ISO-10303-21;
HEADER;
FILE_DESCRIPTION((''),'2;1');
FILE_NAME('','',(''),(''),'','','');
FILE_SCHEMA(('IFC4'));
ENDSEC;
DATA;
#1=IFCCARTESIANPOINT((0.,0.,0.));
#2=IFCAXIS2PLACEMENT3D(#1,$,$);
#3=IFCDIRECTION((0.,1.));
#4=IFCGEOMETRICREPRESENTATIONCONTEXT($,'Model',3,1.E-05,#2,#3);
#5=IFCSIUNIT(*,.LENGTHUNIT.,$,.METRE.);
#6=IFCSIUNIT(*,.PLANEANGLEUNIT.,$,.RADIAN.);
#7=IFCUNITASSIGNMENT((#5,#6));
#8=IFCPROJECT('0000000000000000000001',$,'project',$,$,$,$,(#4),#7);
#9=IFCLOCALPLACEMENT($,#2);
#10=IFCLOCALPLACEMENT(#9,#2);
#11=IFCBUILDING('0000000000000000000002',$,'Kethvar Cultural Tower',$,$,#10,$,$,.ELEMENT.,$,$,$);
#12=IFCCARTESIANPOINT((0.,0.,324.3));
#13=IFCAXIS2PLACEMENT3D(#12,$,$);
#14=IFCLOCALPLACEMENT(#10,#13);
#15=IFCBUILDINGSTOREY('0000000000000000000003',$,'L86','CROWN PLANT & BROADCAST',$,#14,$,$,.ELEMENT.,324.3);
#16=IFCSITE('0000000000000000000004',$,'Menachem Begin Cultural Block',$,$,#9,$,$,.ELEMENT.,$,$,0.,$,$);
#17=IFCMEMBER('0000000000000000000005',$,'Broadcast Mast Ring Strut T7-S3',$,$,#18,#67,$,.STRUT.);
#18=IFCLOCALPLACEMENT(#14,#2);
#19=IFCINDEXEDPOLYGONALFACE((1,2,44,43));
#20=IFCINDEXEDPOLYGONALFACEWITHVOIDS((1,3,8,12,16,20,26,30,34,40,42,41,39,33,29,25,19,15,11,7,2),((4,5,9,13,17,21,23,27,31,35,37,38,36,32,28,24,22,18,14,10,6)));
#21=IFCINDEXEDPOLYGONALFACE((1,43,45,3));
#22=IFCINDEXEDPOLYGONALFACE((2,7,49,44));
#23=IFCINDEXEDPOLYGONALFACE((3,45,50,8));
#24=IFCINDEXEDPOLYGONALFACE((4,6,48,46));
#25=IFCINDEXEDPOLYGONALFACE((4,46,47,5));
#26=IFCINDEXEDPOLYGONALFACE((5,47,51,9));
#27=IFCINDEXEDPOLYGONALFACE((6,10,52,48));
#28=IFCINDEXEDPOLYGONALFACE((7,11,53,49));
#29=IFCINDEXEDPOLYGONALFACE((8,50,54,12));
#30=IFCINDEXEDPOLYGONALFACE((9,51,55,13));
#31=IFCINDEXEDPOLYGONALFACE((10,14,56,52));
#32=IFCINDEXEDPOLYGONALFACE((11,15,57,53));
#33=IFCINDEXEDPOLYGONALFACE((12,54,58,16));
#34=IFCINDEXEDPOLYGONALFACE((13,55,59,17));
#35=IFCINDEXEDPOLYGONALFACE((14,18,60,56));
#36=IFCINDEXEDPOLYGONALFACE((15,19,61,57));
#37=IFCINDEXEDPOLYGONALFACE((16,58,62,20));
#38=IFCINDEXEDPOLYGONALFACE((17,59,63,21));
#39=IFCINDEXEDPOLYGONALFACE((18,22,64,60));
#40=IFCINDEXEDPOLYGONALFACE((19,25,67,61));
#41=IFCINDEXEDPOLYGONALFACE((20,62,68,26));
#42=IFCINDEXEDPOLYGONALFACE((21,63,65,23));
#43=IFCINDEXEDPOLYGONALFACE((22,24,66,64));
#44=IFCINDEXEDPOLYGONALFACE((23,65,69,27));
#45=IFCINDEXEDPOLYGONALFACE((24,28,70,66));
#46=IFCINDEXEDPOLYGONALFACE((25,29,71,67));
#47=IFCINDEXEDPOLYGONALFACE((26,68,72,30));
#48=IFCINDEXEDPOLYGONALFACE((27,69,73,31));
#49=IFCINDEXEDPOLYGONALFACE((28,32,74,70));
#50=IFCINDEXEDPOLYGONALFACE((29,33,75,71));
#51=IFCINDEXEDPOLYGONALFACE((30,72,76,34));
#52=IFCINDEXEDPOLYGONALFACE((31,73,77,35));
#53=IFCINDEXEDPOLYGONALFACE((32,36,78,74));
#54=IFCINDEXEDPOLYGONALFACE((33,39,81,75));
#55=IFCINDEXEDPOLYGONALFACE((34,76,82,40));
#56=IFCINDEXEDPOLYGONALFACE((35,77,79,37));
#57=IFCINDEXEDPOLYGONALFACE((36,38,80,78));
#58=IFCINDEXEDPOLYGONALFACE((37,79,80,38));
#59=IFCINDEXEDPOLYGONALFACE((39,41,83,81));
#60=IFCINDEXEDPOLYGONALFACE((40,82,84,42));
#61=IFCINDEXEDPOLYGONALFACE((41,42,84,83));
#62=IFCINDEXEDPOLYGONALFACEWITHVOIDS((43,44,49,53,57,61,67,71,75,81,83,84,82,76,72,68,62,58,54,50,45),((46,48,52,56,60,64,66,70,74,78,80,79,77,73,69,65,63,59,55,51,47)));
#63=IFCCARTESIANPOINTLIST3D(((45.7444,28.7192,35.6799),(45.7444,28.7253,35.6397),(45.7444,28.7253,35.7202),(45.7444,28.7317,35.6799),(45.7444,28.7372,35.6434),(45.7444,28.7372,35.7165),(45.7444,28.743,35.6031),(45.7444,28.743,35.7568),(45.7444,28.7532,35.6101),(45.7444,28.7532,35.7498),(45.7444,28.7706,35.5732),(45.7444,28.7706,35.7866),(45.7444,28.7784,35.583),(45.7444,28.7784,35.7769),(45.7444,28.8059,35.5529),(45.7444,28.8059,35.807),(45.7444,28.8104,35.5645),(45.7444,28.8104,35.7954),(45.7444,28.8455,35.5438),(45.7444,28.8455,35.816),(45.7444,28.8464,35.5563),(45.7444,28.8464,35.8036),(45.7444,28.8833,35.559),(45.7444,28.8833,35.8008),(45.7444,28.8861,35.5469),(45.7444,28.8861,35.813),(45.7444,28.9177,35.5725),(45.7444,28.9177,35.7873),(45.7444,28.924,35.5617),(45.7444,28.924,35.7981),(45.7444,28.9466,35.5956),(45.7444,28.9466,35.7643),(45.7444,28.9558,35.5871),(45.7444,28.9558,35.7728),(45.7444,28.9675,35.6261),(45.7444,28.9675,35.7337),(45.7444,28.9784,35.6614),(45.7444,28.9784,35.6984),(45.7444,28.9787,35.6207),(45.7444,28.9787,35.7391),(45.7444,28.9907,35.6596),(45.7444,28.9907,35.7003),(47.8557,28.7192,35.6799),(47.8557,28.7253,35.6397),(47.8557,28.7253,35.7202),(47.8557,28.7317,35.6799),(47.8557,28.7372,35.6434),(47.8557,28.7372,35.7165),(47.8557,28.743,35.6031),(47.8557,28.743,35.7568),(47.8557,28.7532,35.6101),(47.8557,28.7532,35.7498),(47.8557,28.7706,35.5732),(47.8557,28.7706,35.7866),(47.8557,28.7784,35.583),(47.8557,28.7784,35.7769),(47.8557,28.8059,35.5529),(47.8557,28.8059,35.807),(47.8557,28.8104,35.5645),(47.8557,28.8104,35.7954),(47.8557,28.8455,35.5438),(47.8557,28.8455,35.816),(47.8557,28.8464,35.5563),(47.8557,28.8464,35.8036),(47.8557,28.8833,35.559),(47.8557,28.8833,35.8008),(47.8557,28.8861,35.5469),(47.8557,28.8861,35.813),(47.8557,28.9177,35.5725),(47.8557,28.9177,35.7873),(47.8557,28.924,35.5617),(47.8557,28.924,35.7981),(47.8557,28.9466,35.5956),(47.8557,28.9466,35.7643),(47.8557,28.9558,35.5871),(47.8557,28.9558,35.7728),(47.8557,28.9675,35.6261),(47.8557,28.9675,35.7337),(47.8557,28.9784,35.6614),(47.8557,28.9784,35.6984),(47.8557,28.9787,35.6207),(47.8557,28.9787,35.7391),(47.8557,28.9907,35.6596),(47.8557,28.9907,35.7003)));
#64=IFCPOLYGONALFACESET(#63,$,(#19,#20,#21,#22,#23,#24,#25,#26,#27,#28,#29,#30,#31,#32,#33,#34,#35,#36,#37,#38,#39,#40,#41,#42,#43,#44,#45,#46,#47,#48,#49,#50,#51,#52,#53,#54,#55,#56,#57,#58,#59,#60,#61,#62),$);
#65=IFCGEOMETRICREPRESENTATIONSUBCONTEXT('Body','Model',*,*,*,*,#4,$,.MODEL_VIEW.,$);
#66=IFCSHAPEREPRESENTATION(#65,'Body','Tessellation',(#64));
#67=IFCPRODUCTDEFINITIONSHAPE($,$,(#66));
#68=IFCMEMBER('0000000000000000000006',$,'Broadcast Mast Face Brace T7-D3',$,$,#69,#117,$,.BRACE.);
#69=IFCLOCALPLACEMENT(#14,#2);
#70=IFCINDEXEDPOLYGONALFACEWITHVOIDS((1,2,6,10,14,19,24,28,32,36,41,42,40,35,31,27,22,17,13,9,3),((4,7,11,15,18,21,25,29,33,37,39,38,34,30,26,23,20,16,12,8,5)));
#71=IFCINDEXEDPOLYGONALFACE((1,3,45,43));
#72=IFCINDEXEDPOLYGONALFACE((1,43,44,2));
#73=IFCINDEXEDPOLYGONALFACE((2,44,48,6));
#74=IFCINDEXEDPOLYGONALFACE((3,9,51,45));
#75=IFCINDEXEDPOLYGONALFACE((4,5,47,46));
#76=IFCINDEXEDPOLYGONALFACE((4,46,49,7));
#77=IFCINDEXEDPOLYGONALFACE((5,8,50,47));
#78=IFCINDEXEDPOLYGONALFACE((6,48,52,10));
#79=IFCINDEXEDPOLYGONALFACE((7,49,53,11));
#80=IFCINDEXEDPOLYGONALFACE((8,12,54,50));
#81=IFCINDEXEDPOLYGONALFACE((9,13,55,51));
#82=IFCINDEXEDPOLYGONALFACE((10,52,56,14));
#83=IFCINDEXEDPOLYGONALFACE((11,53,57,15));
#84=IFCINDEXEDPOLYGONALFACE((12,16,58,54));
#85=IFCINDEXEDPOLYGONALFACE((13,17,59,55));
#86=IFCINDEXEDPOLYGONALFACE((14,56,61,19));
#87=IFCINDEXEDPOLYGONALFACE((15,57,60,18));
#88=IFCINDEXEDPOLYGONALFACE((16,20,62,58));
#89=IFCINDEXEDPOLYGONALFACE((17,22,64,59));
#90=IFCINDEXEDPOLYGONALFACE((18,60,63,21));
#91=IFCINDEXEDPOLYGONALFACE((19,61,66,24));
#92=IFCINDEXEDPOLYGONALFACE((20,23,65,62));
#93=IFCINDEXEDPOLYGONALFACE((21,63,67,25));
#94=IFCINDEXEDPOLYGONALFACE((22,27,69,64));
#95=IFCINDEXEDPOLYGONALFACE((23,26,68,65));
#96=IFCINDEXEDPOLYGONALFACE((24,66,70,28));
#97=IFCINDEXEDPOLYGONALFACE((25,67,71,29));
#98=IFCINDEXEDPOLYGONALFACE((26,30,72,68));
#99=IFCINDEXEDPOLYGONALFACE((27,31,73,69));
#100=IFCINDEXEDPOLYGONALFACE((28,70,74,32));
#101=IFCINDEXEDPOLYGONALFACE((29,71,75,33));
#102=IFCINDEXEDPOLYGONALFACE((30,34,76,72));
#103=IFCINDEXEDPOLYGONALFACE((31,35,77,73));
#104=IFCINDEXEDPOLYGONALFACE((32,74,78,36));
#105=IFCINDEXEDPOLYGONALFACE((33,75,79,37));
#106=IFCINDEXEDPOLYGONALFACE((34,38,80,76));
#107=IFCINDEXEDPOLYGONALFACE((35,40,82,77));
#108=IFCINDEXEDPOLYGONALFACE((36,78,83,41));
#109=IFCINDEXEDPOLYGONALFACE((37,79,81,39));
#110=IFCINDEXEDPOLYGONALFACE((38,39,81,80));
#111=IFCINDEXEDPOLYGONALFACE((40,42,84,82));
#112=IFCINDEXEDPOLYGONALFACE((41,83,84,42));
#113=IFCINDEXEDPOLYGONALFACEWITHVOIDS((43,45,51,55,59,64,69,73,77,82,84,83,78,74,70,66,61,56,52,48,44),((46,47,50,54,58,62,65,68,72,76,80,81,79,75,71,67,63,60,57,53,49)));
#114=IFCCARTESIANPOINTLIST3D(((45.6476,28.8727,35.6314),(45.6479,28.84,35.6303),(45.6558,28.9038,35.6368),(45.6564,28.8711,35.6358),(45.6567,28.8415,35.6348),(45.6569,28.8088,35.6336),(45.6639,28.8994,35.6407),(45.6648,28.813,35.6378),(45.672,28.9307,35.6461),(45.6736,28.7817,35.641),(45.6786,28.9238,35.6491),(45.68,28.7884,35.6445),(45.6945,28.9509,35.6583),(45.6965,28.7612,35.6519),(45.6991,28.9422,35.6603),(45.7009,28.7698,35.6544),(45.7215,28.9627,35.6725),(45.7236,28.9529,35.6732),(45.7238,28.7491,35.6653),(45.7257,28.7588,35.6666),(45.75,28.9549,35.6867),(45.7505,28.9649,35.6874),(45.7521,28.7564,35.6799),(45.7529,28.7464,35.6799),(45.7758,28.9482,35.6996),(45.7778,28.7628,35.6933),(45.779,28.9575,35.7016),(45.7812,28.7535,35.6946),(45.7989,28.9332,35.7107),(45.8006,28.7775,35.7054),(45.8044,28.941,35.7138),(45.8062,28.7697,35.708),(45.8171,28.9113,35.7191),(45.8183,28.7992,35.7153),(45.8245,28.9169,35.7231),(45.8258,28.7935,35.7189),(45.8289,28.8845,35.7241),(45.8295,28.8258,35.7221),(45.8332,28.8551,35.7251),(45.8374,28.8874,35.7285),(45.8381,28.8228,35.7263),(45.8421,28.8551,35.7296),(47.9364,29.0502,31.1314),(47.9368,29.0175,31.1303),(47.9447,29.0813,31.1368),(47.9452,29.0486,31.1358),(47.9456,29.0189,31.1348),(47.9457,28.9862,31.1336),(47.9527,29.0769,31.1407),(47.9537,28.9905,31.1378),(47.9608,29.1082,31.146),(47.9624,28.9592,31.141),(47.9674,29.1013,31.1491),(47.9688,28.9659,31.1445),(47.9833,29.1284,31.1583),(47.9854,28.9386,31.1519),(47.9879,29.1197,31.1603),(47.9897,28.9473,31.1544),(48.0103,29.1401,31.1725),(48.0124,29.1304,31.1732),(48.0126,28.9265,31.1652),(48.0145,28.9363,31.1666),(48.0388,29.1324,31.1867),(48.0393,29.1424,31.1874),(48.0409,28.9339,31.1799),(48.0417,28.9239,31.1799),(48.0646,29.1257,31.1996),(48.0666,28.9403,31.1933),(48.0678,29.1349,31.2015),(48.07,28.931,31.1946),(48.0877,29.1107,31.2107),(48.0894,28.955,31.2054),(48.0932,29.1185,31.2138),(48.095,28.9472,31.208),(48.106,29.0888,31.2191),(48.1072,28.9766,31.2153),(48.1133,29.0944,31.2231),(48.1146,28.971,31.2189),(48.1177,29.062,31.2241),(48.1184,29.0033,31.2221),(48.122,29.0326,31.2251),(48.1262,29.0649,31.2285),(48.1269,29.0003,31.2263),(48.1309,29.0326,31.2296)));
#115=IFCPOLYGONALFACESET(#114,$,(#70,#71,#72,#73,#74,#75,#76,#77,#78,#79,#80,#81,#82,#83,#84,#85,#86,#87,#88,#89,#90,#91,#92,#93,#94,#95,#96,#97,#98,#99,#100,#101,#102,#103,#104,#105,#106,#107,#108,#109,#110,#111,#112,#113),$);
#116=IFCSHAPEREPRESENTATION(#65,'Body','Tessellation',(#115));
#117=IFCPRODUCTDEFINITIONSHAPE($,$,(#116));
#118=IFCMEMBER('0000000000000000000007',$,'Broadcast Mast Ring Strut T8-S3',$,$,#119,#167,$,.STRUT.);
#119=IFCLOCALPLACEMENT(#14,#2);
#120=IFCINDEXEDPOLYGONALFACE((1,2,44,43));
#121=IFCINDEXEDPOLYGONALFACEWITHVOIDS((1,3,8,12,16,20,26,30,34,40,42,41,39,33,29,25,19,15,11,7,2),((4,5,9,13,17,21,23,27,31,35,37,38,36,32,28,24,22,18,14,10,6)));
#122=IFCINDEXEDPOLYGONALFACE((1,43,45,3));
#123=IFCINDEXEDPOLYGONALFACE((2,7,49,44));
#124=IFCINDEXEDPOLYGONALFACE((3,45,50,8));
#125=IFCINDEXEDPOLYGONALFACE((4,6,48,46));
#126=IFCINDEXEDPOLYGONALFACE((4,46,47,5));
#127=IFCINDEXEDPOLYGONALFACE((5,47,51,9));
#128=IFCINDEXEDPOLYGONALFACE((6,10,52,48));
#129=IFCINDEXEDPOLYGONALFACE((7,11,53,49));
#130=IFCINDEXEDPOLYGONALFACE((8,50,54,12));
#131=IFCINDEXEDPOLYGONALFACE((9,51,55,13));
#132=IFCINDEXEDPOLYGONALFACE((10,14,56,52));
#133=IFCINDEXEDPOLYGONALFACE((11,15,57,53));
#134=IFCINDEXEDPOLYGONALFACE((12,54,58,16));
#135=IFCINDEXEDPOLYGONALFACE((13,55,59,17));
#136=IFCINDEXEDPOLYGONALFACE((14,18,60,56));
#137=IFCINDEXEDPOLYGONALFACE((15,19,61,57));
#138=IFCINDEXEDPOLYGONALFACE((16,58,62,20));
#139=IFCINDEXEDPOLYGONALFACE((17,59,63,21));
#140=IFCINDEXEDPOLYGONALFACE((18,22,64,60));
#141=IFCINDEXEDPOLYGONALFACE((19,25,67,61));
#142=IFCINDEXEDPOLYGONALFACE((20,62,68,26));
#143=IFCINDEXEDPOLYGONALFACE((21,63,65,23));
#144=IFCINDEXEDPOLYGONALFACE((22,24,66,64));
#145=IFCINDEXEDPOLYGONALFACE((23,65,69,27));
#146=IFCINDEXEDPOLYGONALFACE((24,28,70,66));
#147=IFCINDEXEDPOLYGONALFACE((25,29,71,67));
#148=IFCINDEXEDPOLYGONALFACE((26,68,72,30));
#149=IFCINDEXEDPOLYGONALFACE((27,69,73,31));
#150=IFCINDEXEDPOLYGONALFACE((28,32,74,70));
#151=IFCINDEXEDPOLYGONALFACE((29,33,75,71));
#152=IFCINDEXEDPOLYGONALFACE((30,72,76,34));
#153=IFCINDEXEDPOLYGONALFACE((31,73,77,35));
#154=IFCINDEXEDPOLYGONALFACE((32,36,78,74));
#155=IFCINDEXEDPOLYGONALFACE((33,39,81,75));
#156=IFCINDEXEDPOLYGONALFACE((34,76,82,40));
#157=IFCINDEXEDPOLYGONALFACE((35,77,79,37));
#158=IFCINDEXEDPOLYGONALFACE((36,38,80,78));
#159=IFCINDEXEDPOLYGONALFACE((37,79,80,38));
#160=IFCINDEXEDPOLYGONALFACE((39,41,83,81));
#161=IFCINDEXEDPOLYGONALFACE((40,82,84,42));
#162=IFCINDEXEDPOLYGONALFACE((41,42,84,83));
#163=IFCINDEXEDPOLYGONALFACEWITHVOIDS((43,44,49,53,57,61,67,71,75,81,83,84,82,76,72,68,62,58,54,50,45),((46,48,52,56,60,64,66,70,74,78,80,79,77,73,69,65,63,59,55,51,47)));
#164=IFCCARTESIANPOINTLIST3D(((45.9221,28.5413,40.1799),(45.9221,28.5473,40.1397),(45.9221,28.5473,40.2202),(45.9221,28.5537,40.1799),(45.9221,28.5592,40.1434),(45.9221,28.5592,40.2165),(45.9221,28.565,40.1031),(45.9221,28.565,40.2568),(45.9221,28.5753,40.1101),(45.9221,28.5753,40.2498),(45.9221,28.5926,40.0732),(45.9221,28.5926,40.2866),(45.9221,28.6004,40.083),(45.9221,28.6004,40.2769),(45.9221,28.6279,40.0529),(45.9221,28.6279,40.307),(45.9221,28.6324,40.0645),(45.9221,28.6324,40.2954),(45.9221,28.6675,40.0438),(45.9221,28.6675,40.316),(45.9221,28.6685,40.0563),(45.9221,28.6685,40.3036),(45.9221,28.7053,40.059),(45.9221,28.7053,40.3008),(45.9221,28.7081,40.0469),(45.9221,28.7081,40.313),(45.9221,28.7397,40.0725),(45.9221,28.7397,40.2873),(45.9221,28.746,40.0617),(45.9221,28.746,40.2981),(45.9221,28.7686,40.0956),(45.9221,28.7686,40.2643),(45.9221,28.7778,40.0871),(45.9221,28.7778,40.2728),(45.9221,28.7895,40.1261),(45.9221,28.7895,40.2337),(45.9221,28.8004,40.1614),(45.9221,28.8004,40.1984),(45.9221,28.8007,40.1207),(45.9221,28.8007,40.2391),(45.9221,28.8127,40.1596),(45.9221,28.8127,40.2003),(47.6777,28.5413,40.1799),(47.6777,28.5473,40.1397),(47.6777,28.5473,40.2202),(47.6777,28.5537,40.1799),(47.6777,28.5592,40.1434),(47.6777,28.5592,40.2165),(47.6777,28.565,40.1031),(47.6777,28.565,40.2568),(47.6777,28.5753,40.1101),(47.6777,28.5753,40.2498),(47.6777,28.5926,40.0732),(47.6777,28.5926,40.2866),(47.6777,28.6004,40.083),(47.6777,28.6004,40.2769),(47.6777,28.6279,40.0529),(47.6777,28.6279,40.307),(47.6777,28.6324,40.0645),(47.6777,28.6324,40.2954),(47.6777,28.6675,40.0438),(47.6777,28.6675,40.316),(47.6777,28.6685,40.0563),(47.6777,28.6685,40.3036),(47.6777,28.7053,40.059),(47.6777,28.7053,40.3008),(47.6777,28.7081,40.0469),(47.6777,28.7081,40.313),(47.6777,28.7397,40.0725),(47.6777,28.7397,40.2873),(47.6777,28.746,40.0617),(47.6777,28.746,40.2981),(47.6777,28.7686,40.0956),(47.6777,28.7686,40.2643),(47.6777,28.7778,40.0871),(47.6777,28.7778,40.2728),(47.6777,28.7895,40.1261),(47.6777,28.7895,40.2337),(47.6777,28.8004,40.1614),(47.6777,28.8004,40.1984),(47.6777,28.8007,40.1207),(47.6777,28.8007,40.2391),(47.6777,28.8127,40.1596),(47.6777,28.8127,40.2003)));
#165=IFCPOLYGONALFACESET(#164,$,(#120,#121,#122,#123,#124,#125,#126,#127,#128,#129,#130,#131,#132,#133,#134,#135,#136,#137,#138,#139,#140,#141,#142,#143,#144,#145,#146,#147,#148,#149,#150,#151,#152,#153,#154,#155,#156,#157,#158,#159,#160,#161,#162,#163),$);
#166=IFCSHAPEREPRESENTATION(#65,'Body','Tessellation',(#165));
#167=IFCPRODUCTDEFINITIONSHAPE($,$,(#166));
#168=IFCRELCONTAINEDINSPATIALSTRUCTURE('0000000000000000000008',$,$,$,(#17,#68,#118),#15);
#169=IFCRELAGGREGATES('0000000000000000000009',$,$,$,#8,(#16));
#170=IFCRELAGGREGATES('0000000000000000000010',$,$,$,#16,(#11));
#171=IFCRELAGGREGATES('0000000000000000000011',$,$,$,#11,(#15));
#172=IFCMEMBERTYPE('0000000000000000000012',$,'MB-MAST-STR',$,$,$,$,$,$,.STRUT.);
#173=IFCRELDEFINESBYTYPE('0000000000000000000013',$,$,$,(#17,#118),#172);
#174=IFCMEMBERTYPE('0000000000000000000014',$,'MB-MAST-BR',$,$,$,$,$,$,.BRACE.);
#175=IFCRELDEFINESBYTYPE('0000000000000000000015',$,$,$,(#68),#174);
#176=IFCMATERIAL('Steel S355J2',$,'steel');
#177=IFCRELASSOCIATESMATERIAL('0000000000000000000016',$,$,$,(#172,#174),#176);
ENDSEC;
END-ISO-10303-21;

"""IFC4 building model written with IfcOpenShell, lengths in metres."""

from ifc_helpers import new_model, si_unit, direction, frame, origin, origin_2d, place, context, subcontext, project, spatial, hollow_circle, extrude, source, transform, mapped, material, material_profile, profile_set, type_object, element, save


model = new_model("IFC4")

# Units and contexts
model_context = context("Model", 3, precision=1e-05, world=origin(), true_north=direction((0.0, 1.0)))
body_context = subcontext(model_context, "Body", "Model", "MODEL_VIEW")
ifc_project = project(units=[si_unit("LENGTHUNIT", "METRE"), si_unit("PLANEANGLEUNIT", "RADIAN")], contexts=[model_context])

# Site, building, storey
site_placement = place(None, origin())
site = spatial("IfcSite", under=ifc_project, at=site_placement, Name="Menachem Begin Cultural Block", CompositionType="ELEMENT", RefElevation=0.0)
building_placement = place(site_placement, origin())
building = spatial("IfcBuilding", under=site, at=building_placement, Name="Kethvar Cultural Tower", CompositionType="ELEMENT")
storey_placement = place(building_placement, frame((0.0, 0.0, 324.3)))
storey = spatial("IfcBuildingStorey", under=building, at=storey_placement, Name="L86", Description="CROWN PLANT & BROADCAST", CompositionType="ELEMENT", Elevation=324.3)

# Shared definitions
ifc_material_1 = material(Name="Steel S355J2", Category="steel")

# Members
ifc_material_profile_1 = material_profile(ifc_material_1, hollow_circle(Radius=0.1365, WallThickness=0.0125, at=origin_2d()), Name="Steel S355J2 — CHS273x12.5")
ifc_profile_set_1 = profile_set([ifc_material_profile_1], Name="Steel S355J2 — CHS273x12.5")
member_type_1 = type_object("IfcMemberType", Name="MB-MAST-STR", PredefinedType="STRUT", material=ifc_profile_set_1)
ifc_material_profile_2 = material_profile(ifc_material_1, hollow_circle(Radius=0.1096, WallThickness=0.01, at=origin_2d()), Name="Steel S355J2 — CHS219x10")
ifc_profile_set_2 = profile_set([ifc_material_profile_2], Name="Steel S355J2 — CHS219x10")
member_type_2 = type_object("IfcMemberType", Name="MB-MAST-BR", PredefinedType="BRACE", material=ifc_profile_set_2)
shared_shape_1 = source(origin(), body_context, "Body", "SweptSolid", [
    extrude(hollow_circle(Radius=0.1365, WallThickness=0.0125, at=origin_2d()), origin(), (0.0, 0.0, 1.0), 2.1113),
])
member_1_placement = place(storey_placement, frame((47.8557, 28.8557, 35.6799), z_axis=(-1.0, 0.0, 0.0), x_axis=(0.0, -1.0, 0.0)))
element("IfcMember", 1, at=member_1_placement, inside=storey, type_object=member_type_1, Name="Broadcast Mast Ring Strut T7-S3", PredefinedType="STRUT", context=body_context, shape_type="MappedRepresentation", body=[
    mapped(shared_shape_1, transform((0.0, 0.0, 0.0), scale=1.0)),
])
shared_shape_2 = source(origin(), body_context, "Body", "SweptSolid", [
    extrude(hollow_circle(Radius=0.1096, WallThickness=0.01, at=origin_2d()), origin(), (0.0, 0.0, 1.0), 5.0518),
])
member_2_placement = place(storey_placement, frame((48.0332, 29.0332, 31.1799), z_axis=(-0.453074, -0.035134, 0.89078), x_axis=(0.077315, -0.997007, 0.0)))
element("IfcMember", 2, at=member_2_placement, inside=storey, type_object=member_type_2, Name="Broadcast Mast Face Brace T7-D3", PredefinedType="BRACE", context=body_context, shape_type="MappedRepresentation", body=[
    mapped(shared_shape_2, transform((0.0, 0.0, 0.0), scale=1.0)),
])
shared_shape_3 = source(origin(), body_context, "Body", "SweptSolid", [
    extrude(hollow_circle(Radius=0.1365, WallThickness=0.0125, at=origin_2d()), origin(), (0.0, 0.0, 1.0), 1.7556),
])
member_3_placement = place(storey_placement, frame((47.6777, 28.6777, 40.1799), z_axis=(-1.0, 0.0, 0.0), x_axis=(0.0, -1.0, 0.0)))
element("IfcMember", 3, at=member_3_placement, inside=storey, type_object=member_type_1, Name="Broadcast Mast Ring Strut T8-S3", PredefinedType="STRUT", context=body_context, shape_type="MappedRepresentation", body=[
    mapped(shared_shape_3, transform((0.0, 0.0, 0.0), scale=1.0)),
])

save(model, "model.ifc")
